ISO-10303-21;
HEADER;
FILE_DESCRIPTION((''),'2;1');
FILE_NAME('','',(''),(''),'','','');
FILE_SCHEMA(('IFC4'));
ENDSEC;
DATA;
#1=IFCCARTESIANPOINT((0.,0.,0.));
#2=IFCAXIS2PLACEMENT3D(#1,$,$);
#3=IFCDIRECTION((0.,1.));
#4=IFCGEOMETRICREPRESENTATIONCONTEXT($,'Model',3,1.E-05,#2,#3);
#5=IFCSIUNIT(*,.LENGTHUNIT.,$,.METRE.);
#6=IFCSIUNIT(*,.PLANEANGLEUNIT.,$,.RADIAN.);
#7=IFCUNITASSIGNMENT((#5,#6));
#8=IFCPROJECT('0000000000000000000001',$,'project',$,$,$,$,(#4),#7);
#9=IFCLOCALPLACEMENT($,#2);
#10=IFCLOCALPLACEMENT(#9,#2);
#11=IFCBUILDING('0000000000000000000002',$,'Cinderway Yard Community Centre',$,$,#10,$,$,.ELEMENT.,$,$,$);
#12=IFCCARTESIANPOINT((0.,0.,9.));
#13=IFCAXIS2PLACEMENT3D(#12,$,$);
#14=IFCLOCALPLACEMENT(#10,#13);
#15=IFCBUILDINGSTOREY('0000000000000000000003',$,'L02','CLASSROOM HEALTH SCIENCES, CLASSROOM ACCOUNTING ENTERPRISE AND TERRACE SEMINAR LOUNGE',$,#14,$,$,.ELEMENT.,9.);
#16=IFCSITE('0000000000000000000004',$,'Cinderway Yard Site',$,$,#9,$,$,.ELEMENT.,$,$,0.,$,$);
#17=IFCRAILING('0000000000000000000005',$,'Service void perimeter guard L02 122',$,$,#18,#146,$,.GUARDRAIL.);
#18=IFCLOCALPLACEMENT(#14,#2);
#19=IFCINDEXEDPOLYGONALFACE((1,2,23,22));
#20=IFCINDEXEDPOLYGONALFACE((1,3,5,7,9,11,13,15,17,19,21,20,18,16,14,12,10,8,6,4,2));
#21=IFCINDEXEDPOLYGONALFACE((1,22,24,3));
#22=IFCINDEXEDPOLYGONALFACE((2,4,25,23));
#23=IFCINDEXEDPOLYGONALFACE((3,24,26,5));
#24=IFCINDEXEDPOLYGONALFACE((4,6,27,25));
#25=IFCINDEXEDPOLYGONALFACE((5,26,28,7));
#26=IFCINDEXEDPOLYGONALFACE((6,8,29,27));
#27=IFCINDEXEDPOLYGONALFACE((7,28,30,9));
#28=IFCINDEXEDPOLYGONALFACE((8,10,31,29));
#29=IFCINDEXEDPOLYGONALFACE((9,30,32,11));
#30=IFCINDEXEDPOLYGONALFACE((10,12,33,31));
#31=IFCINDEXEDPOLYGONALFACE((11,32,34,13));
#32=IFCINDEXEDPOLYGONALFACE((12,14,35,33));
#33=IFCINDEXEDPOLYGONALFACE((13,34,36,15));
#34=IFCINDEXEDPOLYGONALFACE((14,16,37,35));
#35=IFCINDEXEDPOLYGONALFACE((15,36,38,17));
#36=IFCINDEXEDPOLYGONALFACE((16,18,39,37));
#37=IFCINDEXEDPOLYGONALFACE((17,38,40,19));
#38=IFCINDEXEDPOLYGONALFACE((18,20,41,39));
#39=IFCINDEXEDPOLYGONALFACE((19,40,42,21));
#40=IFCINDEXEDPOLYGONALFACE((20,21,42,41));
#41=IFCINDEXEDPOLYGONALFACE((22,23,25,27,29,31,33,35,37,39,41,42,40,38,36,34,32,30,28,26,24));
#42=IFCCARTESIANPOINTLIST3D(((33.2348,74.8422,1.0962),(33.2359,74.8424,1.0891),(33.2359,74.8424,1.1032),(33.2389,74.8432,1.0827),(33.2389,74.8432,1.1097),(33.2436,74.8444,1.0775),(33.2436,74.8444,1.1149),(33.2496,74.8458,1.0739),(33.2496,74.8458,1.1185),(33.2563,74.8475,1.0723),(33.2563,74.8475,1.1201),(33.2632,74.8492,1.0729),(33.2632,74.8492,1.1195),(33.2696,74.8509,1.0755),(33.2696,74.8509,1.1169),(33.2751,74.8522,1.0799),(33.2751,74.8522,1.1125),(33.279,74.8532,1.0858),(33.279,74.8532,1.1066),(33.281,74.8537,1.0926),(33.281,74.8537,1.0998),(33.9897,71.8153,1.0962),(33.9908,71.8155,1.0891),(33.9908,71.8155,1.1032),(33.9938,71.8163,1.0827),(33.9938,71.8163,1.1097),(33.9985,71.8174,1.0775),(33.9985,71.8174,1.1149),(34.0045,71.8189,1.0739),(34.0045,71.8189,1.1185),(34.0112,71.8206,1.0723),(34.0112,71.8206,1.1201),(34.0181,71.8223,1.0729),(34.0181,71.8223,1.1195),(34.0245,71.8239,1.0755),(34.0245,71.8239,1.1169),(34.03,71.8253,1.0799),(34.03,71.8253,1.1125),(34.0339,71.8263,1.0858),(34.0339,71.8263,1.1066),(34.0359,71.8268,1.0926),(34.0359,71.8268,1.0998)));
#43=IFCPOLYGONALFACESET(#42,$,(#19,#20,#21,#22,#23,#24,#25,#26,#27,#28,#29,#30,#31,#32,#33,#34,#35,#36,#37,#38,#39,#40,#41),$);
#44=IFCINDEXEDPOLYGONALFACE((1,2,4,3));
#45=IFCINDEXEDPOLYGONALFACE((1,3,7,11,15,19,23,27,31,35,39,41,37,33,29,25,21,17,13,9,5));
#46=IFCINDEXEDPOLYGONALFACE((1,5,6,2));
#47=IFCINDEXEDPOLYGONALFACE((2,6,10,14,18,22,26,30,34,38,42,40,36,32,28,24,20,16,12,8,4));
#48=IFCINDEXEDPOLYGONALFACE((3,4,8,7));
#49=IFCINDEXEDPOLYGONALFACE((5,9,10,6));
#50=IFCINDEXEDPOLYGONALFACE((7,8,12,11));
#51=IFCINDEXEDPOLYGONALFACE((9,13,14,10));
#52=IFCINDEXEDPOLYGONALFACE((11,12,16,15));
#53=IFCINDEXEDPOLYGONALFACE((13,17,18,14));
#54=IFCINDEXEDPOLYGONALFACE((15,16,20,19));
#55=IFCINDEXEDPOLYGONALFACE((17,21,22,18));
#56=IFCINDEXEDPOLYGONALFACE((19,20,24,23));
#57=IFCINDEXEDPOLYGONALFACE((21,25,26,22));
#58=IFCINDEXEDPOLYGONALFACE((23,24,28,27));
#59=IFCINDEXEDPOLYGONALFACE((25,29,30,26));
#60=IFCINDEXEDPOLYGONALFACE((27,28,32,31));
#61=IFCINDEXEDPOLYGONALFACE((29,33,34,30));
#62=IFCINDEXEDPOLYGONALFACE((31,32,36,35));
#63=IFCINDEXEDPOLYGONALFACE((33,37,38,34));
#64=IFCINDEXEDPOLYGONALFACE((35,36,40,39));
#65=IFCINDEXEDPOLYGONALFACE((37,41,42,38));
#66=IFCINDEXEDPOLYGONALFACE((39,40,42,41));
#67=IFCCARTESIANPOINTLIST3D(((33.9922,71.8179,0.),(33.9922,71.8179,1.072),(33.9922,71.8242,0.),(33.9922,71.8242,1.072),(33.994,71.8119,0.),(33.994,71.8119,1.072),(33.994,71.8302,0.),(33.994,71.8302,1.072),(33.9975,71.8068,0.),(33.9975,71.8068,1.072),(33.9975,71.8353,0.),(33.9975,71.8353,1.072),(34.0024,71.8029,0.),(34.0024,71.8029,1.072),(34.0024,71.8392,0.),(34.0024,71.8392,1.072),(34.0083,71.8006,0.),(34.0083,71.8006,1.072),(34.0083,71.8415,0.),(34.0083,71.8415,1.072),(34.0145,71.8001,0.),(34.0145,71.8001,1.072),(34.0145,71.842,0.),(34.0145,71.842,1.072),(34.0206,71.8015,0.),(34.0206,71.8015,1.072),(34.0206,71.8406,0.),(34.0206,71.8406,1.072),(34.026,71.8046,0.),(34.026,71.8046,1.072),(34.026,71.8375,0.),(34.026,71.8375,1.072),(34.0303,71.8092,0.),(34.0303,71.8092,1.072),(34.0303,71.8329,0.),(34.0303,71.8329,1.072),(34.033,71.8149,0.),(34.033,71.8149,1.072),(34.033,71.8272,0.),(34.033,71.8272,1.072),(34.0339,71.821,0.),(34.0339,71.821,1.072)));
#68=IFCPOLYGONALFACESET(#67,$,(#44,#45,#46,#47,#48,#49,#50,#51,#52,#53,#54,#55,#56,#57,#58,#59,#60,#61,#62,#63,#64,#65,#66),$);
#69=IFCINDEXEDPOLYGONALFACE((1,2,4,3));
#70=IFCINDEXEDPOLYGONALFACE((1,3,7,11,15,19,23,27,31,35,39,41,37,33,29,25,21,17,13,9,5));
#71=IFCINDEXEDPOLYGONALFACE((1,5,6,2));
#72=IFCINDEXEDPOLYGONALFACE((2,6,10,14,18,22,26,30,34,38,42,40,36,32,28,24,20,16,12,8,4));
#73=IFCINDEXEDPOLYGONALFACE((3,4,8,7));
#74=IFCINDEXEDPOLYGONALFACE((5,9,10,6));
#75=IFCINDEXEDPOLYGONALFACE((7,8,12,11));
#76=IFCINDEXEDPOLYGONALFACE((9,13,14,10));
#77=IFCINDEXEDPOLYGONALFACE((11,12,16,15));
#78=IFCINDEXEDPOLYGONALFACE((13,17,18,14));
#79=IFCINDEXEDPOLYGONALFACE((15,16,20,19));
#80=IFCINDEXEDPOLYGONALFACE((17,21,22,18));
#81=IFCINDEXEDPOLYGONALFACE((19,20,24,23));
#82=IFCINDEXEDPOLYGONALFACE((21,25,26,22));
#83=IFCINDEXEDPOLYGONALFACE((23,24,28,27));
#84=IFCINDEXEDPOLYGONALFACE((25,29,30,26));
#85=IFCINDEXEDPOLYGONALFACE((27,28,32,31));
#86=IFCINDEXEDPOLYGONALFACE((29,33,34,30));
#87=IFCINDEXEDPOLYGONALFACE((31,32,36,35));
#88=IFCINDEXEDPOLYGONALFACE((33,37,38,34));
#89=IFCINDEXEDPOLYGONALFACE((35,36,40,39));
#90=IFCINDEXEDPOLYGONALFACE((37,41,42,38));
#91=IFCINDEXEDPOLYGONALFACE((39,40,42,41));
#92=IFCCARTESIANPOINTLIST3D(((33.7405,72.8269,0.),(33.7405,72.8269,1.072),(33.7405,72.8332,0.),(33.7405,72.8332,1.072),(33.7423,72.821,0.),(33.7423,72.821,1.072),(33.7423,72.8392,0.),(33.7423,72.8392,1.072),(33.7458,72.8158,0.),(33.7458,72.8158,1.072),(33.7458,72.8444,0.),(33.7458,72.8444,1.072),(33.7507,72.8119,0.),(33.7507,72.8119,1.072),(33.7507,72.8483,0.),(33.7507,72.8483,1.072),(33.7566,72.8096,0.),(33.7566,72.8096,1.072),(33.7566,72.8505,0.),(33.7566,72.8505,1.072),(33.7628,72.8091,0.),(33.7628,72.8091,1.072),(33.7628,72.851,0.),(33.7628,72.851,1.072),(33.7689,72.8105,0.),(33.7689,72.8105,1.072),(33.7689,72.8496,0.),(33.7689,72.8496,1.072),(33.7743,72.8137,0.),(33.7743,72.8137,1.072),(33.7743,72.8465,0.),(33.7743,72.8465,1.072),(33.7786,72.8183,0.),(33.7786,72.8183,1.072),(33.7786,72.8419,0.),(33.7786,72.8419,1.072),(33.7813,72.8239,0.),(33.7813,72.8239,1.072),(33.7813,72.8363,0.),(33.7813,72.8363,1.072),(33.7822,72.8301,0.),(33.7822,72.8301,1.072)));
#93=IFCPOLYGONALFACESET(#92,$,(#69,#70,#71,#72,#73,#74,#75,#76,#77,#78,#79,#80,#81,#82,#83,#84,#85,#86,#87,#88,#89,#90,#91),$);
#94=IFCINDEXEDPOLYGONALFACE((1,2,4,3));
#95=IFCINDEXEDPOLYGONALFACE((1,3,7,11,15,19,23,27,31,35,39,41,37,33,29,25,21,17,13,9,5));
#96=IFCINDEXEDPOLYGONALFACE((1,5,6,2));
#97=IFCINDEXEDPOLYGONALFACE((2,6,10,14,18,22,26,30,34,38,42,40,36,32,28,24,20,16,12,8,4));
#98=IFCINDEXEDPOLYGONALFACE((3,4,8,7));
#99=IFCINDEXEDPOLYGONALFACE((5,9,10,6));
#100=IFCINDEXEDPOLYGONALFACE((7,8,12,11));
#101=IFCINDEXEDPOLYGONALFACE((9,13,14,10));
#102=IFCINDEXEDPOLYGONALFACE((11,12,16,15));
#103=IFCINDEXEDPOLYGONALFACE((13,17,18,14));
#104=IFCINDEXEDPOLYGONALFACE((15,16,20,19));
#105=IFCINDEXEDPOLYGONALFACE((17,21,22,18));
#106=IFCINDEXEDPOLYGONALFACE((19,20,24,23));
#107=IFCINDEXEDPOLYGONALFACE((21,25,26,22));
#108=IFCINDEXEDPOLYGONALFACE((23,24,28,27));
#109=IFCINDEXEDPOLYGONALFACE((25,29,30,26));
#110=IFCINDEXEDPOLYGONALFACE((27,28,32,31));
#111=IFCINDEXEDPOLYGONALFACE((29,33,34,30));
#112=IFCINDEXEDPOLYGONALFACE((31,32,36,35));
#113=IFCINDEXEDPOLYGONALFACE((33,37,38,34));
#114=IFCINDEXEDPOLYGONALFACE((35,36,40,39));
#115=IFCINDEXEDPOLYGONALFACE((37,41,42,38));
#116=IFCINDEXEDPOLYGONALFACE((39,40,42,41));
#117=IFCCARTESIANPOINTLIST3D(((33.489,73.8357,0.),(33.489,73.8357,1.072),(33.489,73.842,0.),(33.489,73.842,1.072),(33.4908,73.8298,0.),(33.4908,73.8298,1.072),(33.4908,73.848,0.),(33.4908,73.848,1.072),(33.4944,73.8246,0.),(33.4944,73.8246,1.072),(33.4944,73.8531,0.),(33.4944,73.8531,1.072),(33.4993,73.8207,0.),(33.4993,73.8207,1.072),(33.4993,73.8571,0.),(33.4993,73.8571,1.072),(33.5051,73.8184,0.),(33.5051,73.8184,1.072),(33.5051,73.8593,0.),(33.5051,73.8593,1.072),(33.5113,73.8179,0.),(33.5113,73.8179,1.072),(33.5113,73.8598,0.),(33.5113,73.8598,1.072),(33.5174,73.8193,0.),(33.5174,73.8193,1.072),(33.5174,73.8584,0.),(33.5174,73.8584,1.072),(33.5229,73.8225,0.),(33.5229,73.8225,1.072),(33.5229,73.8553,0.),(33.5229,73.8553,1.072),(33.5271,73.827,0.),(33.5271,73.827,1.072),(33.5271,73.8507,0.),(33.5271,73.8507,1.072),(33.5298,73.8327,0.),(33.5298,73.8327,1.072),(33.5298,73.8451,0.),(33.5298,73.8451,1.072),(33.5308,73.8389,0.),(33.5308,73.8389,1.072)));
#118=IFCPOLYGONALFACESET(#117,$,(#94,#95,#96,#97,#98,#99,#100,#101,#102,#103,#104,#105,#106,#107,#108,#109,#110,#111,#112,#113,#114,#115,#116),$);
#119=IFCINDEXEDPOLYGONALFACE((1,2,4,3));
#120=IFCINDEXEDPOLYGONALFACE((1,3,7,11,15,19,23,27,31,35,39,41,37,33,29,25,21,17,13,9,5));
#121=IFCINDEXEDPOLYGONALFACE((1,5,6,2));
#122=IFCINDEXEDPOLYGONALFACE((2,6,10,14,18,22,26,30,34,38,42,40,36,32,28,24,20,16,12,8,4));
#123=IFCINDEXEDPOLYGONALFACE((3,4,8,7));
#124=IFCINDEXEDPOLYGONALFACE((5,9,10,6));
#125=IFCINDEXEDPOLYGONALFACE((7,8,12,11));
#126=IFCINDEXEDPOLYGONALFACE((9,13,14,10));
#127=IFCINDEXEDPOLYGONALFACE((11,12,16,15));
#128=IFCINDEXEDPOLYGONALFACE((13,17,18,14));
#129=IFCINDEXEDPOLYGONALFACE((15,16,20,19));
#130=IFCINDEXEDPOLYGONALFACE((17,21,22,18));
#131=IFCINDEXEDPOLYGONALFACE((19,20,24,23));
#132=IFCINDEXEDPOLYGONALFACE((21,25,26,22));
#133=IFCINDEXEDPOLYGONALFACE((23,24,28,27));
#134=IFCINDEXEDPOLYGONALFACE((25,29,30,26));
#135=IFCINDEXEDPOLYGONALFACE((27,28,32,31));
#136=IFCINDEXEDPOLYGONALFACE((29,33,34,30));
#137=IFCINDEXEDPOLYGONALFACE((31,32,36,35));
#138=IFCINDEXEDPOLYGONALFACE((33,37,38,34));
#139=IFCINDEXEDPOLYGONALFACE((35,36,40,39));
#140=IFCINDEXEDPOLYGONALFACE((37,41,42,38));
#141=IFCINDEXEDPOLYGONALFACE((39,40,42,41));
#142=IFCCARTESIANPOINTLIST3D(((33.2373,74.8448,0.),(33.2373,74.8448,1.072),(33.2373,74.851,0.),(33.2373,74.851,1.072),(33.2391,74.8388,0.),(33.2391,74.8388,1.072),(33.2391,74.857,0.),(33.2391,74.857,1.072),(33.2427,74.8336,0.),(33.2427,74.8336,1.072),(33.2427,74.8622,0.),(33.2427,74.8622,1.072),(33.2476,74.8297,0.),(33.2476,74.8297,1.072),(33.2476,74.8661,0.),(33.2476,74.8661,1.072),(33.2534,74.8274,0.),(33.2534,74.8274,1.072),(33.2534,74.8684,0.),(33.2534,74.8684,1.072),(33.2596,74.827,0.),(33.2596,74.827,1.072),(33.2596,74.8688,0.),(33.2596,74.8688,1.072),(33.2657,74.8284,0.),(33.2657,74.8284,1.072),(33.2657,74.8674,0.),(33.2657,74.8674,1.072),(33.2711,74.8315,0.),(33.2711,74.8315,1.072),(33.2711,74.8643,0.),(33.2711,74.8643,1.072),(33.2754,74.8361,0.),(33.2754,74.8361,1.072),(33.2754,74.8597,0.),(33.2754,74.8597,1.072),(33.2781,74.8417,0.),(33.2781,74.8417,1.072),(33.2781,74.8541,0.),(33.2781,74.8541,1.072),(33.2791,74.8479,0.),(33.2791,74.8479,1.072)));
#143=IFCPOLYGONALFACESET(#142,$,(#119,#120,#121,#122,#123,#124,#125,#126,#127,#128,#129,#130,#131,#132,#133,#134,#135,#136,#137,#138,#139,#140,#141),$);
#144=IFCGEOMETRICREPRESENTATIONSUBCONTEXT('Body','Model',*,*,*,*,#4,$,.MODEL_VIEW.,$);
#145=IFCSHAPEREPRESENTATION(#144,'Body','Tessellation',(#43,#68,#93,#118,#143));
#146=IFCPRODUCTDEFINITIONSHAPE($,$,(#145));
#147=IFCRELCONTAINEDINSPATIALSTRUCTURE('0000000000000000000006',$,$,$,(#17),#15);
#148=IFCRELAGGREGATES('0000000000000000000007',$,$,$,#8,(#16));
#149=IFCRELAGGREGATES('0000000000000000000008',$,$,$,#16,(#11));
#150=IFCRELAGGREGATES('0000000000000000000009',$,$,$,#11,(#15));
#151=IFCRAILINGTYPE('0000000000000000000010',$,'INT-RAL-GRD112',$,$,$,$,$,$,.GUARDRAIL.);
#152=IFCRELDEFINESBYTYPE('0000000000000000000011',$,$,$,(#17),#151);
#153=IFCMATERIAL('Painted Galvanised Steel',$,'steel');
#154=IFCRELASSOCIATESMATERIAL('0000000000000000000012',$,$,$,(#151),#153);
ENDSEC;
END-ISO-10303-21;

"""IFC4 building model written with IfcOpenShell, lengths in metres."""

from ifc_helpers import new_model, si_unit, direction, frame, origin, origin_2d, place, context, subcontext, project, spatial, circle, extrude, material, type_object, element, save


model = new_model("IFC4")

# Units and contexts
model_context = context("Model", 3, precision=1e-05, world=origin(), true_north=direction((0.0, 1.0)))
body_context = subcontext(model_context, "Body", "Model", "MODEL_VIEW")
ifc_project = project(units=[si_unit("LENGTHUNIT", "METRE"), si_unit("PLANEANGLEUNIT", "RADIAN")], contexts=[model_context])

# Site, building, storey
site_placement = place(None, origin())
site = spatial("IfcSite", under=ifc_project, at=site_placement, Name="Cinderway Yard Site", CompositionType="ELEMENT", RefElevation=0.0)
building_placement = place(site_placement, origin())
building = spatial("IfcBuilding", under=site, at=building_placement, Name="Cinderway Yard Community Centre", CompositionType="ELEMENT")
storey_placement = place(building_placement, frame((0.0, 0.0, 9.0)))
storey = spatial("IfcBuildingStorey", under=building, at=storey_placement, Name="L02", Description="CLASSROOM HEALTH SCIENCES, CLASSROOM ACCOUNTING ENTERPRISE AND TERRACE SEMINAR LOUNGE", CompositionType="ELEMENT", Elevation=9.0)

# Railing
ifc_material_1 = material(Name="Painted Galvanised Steel", Category="steel")
railing_type_1 = type_object("IfcRailingType", Name="INT-RAL-GRD112", PredefinedType="GUARDRAIL", material=ifc_material_1)
railing_1_placement = place(storey_placement, frame((34.0129, 71.821, 0.0)))
element("IfcRailing", 1, at=railing_1_placement, inside=storey, type_object=railing_type_1, Name="Service void perimeter guard L02 122", PredefinedType="GUARDRAIL", context=body_context, shape_type="SweptSolid", body=[
    extrude(circle(Radius=0.0239, at=origin_2d()), frame((0.0, 0.0, 1.0962), z_axis=(-0.241983, 0.97028, 0.0), x_axis=(-0.97028, -0.241983, 0.0)), (0.0, 0.0, 1.0), 3.1196),
    extrude(circle(Radius=0.021, at=origin_2d()), origin(), (0.0, 0.0, 1.0), 1.072),
    extrude(circle(Radius=0.021, at=origin_2d()), frame((-0.2517, 1.009, 0.0)), (0.0, 0.0, 1.0), 1.072),
    extrude(circle(Radius=0.021, at=origin_2d()), frame((-0.5032, 2.0178, 0.0)), (0.0, 0.0, 1.0), 1.072),
    extrude(circle(Radius=0.021, at=origin_2d()), frame((-0.7549, 3.0269, 0.0)), (0.0, 0.0, 1.0), 1.072),
])

save(model, "model.ifc")
